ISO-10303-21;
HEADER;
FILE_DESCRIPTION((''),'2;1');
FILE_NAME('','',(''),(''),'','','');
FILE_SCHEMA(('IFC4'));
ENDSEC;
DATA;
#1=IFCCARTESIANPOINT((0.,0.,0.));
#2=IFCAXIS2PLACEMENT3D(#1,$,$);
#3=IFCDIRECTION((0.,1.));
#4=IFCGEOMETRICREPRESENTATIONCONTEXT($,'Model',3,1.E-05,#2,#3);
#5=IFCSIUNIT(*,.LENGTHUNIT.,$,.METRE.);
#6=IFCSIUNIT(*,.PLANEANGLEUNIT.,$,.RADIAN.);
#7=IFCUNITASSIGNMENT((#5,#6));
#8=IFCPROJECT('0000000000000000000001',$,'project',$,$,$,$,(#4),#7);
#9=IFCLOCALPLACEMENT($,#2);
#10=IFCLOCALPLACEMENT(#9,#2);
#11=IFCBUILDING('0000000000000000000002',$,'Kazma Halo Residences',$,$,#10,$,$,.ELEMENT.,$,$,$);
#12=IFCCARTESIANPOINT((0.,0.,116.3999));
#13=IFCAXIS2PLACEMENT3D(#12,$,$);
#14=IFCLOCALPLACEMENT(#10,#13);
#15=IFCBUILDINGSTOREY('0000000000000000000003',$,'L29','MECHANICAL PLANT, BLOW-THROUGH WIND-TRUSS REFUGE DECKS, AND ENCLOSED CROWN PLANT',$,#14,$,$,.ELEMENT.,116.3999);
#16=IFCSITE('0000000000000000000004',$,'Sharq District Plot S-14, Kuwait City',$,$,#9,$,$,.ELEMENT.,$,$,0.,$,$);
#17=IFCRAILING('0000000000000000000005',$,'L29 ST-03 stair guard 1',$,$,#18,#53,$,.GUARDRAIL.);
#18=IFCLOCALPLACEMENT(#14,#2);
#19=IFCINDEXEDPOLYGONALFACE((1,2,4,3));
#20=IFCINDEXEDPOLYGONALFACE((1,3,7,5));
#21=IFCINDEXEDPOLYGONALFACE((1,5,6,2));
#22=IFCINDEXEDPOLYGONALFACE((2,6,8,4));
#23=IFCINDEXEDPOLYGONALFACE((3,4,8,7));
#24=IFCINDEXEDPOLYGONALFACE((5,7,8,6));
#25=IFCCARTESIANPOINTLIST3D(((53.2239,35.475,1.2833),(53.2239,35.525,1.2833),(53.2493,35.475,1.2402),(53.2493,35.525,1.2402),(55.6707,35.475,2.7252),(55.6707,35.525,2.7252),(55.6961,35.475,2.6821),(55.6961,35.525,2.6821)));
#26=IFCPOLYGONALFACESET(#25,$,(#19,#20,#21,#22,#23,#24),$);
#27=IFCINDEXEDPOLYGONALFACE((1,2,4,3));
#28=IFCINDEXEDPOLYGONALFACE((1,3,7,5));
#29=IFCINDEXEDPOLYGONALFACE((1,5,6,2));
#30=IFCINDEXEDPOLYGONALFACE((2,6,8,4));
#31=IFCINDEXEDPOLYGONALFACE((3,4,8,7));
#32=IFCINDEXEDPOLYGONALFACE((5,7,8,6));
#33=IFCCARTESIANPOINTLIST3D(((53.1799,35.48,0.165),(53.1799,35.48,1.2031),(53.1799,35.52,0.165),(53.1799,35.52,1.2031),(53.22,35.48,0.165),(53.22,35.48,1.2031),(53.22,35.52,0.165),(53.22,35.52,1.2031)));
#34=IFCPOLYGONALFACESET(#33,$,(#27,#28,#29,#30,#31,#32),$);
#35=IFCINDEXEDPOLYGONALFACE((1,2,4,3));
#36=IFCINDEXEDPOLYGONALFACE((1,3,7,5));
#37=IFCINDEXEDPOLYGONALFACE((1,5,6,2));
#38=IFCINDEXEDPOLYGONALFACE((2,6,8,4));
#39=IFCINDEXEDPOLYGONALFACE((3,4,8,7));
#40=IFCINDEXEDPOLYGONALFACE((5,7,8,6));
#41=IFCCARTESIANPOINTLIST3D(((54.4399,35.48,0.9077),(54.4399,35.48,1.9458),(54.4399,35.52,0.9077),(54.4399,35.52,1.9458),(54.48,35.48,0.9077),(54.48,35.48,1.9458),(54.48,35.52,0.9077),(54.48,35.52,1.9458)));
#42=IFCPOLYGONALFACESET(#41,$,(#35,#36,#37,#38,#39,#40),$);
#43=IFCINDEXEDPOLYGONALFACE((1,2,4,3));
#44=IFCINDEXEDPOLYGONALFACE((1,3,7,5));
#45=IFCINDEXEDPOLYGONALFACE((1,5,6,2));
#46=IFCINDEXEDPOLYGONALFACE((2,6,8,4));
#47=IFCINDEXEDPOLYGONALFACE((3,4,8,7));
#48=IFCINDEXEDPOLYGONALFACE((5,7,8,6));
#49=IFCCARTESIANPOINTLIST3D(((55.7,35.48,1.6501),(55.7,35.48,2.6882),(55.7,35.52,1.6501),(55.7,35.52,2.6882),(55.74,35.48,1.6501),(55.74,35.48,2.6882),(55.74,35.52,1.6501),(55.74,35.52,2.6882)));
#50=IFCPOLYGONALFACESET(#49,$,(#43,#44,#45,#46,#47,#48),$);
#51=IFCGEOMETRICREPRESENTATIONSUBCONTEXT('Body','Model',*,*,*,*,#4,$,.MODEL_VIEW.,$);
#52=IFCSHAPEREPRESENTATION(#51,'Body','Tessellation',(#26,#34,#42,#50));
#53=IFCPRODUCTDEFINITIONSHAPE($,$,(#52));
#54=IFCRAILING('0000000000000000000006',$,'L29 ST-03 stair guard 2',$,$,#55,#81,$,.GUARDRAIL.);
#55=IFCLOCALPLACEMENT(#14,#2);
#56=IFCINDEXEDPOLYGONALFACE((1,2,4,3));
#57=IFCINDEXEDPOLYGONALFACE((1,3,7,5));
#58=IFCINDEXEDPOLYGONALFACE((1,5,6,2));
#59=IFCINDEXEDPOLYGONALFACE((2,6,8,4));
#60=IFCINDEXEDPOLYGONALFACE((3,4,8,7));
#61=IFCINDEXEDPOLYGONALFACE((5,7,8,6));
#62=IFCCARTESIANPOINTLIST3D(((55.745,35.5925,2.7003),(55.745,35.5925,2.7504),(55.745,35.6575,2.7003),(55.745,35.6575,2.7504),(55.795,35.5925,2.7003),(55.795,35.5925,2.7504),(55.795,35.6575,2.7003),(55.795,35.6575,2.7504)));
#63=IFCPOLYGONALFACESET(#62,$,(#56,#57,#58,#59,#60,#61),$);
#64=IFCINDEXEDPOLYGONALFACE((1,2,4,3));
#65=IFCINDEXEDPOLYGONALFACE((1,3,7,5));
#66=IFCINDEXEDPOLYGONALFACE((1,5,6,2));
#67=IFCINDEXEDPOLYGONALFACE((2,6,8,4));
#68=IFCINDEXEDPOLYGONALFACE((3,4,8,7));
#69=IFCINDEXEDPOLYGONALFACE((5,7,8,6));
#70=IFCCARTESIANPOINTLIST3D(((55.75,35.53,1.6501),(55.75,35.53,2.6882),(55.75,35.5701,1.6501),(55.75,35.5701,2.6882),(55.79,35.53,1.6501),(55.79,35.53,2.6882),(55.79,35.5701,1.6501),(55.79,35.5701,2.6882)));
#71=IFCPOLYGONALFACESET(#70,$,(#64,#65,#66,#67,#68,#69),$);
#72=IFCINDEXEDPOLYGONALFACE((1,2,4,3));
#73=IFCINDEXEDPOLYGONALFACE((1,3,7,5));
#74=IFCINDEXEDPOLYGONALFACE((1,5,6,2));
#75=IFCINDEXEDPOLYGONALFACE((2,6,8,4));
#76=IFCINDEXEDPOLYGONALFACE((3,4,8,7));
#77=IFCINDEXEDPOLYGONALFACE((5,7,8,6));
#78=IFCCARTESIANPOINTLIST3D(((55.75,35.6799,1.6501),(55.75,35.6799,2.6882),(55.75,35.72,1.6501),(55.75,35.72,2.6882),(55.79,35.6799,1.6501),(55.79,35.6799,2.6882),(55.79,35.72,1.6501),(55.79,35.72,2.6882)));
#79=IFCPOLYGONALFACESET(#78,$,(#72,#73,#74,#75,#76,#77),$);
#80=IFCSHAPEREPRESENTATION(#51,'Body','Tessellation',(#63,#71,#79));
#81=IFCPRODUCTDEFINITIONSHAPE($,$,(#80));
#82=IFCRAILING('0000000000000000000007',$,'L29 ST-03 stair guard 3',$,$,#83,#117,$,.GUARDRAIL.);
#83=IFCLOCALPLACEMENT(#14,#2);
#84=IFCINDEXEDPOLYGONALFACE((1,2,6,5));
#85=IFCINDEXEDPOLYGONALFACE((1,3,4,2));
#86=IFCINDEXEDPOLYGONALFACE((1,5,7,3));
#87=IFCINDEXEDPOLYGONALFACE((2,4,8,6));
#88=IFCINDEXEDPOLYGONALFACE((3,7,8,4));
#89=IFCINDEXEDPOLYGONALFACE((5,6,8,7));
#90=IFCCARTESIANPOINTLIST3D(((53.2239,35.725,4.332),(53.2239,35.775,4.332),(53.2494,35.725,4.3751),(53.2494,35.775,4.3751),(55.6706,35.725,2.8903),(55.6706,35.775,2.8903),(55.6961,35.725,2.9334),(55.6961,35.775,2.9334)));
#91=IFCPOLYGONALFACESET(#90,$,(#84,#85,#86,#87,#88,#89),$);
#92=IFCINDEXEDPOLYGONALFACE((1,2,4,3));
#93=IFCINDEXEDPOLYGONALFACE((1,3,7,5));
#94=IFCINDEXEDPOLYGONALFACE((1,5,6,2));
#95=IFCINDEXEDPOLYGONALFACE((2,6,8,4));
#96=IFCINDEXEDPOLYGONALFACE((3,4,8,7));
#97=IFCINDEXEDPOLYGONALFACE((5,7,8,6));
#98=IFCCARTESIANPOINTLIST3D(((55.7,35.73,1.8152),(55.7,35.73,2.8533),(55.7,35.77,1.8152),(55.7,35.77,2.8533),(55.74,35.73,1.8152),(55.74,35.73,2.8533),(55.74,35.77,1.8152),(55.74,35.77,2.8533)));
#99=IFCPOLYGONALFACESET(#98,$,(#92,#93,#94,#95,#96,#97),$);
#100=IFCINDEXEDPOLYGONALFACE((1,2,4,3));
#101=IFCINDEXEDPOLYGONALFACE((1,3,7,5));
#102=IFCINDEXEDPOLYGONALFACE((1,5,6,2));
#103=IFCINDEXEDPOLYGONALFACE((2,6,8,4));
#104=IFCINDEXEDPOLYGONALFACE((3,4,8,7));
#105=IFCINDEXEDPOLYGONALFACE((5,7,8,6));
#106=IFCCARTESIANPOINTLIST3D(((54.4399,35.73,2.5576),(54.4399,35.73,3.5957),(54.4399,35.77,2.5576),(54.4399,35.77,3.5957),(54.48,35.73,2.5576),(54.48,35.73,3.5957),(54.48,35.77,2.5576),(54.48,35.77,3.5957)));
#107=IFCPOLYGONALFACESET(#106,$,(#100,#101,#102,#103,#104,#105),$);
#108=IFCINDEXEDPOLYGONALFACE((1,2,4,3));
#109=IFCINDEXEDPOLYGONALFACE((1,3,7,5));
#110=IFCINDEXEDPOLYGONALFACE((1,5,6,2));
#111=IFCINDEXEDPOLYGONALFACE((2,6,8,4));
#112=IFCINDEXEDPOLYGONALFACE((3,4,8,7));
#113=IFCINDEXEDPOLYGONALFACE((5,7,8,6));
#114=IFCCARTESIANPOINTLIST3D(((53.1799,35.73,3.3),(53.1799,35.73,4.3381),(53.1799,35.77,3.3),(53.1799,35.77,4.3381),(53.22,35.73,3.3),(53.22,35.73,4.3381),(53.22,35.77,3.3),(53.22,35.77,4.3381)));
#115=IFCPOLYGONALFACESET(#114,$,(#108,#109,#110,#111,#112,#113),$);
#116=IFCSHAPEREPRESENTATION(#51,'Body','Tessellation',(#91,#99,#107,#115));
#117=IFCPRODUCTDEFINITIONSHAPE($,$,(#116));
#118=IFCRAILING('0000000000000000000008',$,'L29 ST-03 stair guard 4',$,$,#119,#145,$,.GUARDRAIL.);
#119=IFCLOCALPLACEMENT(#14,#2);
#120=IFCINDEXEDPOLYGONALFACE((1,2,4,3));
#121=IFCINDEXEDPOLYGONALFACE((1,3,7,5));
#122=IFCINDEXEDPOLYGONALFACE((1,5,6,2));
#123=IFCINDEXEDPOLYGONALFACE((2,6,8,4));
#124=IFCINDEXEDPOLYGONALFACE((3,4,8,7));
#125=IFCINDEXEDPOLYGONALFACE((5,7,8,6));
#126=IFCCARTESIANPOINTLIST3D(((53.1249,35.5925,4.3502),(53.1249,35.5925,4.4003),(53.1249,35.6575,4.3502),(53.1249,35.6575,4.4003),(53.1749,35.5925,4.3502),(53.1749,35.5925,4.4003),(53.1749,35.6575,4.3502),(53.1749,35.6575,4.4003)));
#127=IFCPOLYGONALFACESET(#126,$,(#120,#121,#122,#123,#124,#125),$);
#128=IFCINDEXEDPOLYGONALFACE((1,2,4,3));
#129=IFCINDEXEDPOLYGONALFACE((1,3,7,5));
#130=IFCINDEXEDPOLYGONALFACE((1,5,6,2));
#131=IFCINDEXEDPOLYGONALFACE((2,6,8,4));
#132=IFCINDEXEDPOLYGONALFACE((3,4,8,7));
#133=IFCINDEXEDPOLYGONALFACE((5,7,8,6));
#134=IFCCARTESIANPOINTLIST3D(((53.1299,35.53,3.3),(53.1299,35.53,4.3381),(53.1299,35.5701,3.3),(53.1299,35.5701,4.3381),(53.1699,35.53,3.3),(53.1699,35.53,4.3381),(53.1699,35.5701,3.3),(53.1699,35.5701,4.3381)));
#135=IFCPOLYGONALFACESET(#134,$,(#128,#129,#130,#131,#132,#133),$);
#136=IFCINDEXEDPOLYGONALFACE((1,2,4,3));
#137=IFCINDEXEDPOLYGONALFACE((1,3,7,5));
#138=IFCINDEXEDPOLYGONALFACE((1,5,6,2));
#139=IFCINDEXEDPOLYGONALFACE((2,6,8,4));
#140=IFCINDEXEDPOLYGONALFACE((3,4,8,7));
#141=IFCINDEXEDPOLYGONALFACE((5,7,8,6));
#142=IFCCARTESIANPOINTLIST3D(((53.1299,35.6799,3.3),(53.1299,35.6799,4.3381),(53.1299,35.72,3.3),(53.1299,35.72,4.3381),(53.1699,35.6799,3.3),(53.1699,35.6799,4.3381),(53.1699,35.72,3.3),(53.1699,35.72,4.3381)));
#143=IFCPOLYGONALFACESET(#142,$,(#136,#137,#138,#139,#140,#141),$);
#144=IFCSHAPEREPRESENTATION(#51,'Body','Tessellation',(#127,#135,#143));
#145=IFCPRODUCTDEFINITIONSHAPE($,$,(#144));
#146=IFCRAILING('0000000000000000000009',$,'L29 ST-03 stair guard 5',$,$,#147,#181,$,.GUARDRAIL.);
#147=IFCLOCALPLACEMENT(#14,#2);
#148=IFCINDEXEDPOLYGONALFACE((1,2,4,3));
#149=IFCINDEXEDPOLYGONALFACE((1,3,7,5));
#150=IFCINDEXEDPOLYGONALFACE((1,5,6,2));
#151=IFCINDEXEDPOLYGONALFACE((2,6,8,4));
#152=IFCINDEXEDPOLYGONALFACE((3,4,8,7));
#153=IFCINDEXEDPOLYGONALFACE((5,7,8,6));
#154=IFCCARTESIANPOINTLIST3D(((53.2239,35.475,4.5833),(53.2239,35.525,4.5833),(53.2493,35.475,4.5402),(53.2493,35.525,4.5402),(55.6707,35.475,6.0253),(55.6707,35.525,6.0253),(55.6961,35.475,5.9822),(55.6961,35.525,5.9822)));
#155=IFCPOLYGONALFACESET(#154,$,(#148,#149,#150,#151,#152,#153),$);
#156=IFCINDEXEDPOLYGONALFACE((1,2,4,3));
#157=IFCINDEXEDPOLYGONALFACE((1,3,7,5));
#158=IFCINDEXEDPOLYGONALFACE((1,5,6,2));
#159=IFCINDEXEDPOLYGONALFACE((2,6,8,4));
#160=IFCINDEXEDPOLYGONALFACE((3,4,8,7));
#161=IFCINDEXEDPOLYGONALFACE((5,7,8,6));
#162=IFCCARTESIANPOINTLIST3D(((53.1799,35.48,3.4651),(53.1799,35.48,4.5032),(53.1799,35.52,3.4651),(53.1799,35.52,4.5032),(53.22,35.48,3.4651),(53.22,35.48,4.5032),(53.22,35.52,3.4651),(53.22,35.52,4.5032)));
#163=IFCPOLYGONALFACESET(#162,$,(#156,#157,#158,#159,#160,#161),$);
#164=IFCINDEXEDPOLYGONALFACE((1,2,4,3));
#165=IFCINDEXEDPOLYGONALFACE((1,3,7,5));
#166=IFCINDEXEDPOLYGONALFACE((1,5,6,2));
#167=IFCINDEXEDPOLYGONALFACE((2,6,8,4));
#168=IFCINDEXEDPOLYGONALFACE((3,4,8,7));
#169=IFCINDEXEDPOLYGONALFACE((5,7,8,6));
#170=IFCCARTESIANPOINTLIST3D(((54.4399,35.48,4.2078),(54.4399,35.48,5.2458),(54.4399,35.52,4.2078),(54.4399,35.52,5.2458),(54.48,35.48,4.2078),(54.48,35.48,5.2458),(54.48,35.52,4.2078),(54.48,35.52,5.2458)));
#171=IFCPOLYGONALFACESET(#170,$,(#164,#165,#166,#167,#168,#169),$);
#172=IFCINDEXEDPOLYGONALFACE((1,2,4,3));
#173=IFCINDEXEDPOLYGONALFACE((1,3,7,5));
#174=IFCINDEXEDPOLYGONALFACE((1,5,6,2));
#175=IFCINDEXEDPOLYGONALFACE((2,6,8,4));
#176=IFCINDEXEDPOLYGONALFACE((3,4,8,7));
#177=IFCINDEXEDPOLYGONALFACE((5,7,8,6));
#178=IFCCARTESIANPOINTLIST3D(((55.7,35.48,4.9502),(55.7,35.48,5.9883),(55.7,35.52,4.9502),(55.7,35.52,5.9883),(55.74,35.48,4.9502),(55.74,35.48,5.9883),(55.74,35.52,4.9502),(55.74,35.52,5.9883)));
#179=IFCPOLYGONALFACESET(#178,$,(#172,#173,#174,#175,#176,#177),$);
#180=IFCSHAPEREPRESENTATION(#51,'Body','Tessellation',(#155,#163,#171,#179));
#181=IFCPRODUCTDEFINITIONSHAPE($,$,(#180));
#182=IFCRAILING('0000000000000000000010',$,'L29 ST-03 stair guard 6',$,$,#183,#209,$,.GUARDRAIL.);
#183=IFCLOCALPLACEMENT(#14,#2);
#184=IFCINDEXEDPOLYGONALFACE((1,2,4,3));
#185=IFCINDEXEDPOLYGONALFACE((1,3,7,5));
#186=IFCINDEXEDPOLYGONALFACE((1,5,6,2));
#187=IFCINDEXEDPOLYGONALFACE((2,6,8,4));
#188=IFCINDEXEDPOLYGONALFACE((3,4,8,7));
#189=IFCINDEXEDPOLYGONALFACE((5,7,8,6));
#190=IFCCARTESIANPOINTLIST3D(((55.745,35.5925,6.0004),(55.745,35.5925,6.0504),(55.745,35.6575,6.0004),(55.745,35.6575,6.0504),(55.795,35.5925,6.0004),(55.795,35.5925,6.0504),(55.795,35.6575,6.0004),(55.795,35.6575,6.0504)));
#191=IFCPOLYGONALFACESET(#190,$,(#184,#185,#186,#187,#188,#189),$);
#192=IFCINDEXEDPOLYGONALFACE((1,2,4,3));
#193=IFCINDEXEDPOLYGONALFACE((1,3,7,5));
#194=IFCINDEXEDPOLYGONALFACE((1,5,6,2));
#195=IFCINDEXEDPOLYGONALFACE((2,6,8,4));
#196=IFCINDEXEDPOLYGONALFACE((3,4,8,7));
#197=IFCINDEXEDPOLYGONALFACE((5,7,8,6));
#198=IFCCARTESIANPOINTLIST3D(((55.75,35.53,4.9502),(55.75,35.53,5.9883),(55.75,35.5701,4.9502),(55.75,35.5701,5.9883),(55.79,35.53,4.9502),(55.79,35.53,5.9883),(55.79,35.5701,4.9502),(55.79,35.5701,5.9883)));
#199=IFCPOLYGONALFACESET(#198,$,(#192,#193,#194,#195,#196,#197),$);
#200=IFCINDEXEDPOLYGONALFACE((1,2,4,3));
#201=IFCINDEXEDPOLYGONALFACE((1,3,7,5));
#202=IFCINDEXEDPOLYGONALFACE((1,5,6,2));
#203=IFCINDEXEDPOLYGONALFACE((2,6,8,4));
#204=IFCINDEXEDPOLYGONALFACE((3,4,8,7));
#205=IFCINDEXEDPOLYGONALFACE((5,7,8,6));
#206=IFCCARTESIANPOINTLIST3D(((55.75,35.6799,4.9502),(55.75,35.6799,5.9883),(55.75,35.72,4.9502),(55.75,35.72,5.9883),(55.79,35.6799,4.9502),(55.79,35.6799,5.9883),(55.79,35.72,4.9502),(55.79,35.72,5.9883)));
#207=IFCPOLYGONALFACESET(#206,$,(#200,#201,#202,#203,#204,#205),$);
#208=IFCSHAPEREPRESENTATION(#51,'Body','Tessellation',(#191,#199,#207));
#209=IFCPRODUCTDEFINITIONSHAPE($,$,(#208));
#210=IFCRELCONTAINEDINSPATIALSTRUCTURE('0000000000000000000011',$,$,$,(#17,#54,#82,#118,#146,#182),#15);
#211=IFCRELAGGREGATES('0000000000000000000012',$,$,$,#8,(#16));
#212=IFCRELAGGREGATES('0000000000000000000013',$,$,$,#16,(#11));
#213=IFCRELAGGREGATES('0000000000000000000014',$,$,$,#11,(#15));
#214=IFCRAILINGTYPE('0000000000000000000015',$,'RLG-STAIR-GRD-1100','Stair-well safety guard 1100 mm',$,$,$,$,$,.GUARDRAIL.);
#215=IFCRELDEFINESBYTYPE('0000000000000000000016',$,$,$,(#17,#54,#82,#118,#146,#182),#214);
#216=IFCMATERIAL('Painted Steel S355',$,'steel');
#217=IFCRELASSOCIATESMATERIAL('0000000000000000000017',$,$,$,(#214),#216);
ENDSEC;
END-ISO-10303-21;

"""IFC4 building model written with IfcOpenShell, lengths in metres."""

from ifc_helpers import new_model, si_unit, direction, frame, origin, origin_2d, place, context, subcontext, project, spatial, rectangle, extrude, material, type_object, element, save


model = new_model("IFC4")

# Units and contexts
model_context = context("Model", 3, precision=1e-05, world=origin(), true_north=direction((0.0, 1.0)))
body_context = subcontext(model_context, "Body", "Model", "MODEL_VIEW")
ifc_project = project(units=[si_unit("LENGTHUNIT", "METRE"), si_unit("PLANEANGLEUNIT", "RADIAN")], contexts=[model_context])

# Site, building, storey
site_placement = place(None, origin())
site = spatial("IfcSite", under=ifc_project, at=site_placement, Name="Sharq District Plot S-14, Kuwait City", CompositionType="ELEMENT", RefElevation=0.0)
building_placement = place(site_placement, origin())
building = spatial("IfcBuilding", under=site, at=building_placement, Name="Kazma Halo Residences", CompositionType="ELEMENT")
storey_placement = place(building_placement, frame((0.0, 0.0, 116.3999)))
storey = spatial("IfcBuildingStorey", under=building, at=storey_placement, Name="L29", Description="MECHANICAL PLANT, BLOW-THROUGH WIND-TRUSS REFUGE DECKS, AND ENCLOSED CROWN PLANT", CompositionType="ELEMENT", Elevation=116.3999)

# Railings
ifc_material_1 = material(Name="Painted Steel S355", Category="steel")
railing_type_1 = type_object("IfcRailingType", Name="RLG-STAIR-GRD-1100", Description="Stair-well safety guard 1100 mm", PredefinedType="GUARDRAIL", material=ifc_material_1)
railing_1_placement = place(storey_placement, frame((53.2, 35.5, 0.165)))
element("IfcRailing", 1, at=railing_1_placement, inside=storey, type_object=railing_type_1, Name="L29 ST-03 stair guard 1", PredefinedType="GUARDRAIL", context=body_context, shape_type="SweptSolid", body=[
    extrude(rectangle(XDim=0.05, YDim=0.05, at=origin_2d()), frame((0.0366, 0.0, 1.0967), z_axis=(0.861524, 0.0, 0.507717), x_axis=(0.0, 1.0, 0.0)), (0.0, 0.0, 1.0), 2.8401),
    extrude(rectangle(XDim=0.04, YDim=0.04, at=origin_2d()), origin(), (0.0, 0.0, 1.0), 1.0381),
    extrude(rectangle(XDim=0.04, YDim=0.04, at=origin_2d()), frame((1.26, 0.0, 0.7427)), (0.0, 0.0, 1.0), 1.0381),
    extrude(rectangle(XDim=0.04, YDim=0.04, at=origin_2d()), frame((2.52, 0.0, 1.4851)), (0.0, 0.0, 1.0), 1.0381),
])
railing_2_placement = place(storey_placement, frame((55.77, 35.55, 1.6501)))
element("IfcRailing", 2, at=railing_2_placement, inside=storey, type_object=railing_type_1, Name="L29 ST-03 stair guard 2", PredefinedType="GUARDRAIL", context=body_context, shape_type="SweptSolid", body=[
    extrude(rectangle(XDim=0.05, YDim=0.05, at=origin_2d()), frame((0.0, 0.0425, 1.0752), z_axis=(0.0, 1.0, 0.0), x_axis=(-1.0, 0.0, 0.0)), (0.0, 0.0, 1.0), 0.0649),
    extrude(rectangle(XDim=0.04, YDim=0.04, at=origin_2d()), origin(), (0.0, 0.0, 1.0), 1.0381),
    extrude(rectangle(XDim=0.04, YDim=0.04, at=origin_2d()), frame((0.0, 0.1499, 0.0)), (0.0, 0.0, 1.0), 1.0381),
])
railing_3_placement = place(storey_placement, frame((55.72, 35.75, 1.8152)))
element("IfcRailing", 3, at=railing_3_placement, inside=storey, type_object=railing_type_1, Name="L29 ST-03 stair guard 3", PredefinedType="GUARDRAIL", context=body_context, shape_type="SweptSolid", body=[
    extrude(rectangle(XDim=0.05, YDim=0.05, at=origin_2d()), frame((-0.0366, 0.0, 1.0967), z_axis=(-0.861561, 0.0, 0.507655), x_axis=(0.0, -1.0, 0.0)), (0.0, 0.0, 1.0), 2.8398),
    extrude(rectangle(XDim=0.04, YDim=0.04, at=origin_2d()), origin(), (0.0, 0.0, 1.0), 1.0381),
    extrude(rectangle(XDim=0.04, YDim=0.04, at=origin_2d()), frame((-1.26, 0.0, 0.7424)), (0.0, 0.0, 1.0), 1.0381),
    extrude(rectangle(XDim=0.04, YDim=0.04, at=origin_2d()), frame((-2.52, 0.0, 1.4849)), (0.0, 0.0, 1.0), 1.0381),
])
railing_4_placement = place(storey_placement, frame((53.1499, 35.55, 3.3)))
element("IfcRailing", 4, at=railing_4_placement, inside=storey, type_object=railing_type_1, Name="L29 ST-03 stair guard 4", PredefinedType="GUARDRAIL", context=body_context, shape_type="SweptSolid", body=[
    extrude(rectangle(XDim=0.05, YDim=0.05, at=origin_2d()), frame((0.0, 0.0425, 1.0752), z_axis=(0.0, 1.0, 0.0), x_axis=(-1.0, 0.0, 0.0)), (0.0, 0.0, 1.0), 0.0649),
    extrude(rectangle(XDim=0.04, YDim=0.04, at=origin_2d()), origin(), (0.0, 0.0, 1.0), 1.0381),
    extrude(rectangle(XDim=0.04, YDim=0.04, at=origin_2d()), frame((0.0, 0.1499, 0.0)), (0.0, 0.0, 1.0), 1.0381),
])
railing_5_placement = place(storey_placement, frame((53.2, 35.5, 3.4651)))
element("IfcRailing", 5, at=railing_5_placement, inside=storey, type_object=railing_type_1, Name="L29 ST-03 stair guard 5", PredefinedType="GUARDRAIL", context=body_context, shape_type="SweptSolid", body=[
    extrude(rectangle(XDim=0.05, YDim=0.05, at=origin_2d()), frame((0.0366, 0.0, 1.0967), z_axis=(0.861524, 0.0, 0.507717), x_axis=(0.0, 1.0, 0.0)), (0.0, 0.0, 1.0), 2.8401),
    extrude(rectangle(XDim=0.04, YDim=0.04, at=origin_2d()), origin(), (0.0, 0.0, 1.0), 1.0381),
    extrude(rectangle(XDim=0.04, YDim=0.04, at=origin_2d()), frame((1.26, 0.0, 0.7427)), (0.0, 0.0, 1.0), 1.0381),
    extrude(rectangle(XDim=0.04, YDim=0.04, at=origin_2d()), frame((2.52, 0.0, 1.4851)), (0.0, 0.0, 1.0), 1.0381),
])
railing_6_placement = place(storey_placement, frame((55.77, 35.55, 4.9502)))
element("IfcRailing", 6, at=railing_6_placement, inside=storey, type_object=railing_type_1, Name="L29 ST-03 stair guard 6", PredefinedType="GUARDRAIL", context=body_context, shape_type="SweptSolid", body=[
    extrude(rectangle(XDim=0.05, YDim=0.05, at=origin_2d()), frame((0.0, 0.0425, 1.0752), z_axis=(0.0, 1.0, 0.0), x_axis=(-1.0, 0.0, 0.0)), (0.0, 0.0, 1.0), 0.0649),
    extrude(rectangle(XDim=0.04, YDim=0.04, at=origin_2d()), origin(), (0.0, 0.0, 1.0), 1.0381),
    extrude(rectangle(XDim=0.04, YDim=0.04, at=origin_2d()), frame((0.0, 0.1499, 0.0)), (0.0, 0.0, 1.0), 1.0381),
])

save(model, "model.ifc")
